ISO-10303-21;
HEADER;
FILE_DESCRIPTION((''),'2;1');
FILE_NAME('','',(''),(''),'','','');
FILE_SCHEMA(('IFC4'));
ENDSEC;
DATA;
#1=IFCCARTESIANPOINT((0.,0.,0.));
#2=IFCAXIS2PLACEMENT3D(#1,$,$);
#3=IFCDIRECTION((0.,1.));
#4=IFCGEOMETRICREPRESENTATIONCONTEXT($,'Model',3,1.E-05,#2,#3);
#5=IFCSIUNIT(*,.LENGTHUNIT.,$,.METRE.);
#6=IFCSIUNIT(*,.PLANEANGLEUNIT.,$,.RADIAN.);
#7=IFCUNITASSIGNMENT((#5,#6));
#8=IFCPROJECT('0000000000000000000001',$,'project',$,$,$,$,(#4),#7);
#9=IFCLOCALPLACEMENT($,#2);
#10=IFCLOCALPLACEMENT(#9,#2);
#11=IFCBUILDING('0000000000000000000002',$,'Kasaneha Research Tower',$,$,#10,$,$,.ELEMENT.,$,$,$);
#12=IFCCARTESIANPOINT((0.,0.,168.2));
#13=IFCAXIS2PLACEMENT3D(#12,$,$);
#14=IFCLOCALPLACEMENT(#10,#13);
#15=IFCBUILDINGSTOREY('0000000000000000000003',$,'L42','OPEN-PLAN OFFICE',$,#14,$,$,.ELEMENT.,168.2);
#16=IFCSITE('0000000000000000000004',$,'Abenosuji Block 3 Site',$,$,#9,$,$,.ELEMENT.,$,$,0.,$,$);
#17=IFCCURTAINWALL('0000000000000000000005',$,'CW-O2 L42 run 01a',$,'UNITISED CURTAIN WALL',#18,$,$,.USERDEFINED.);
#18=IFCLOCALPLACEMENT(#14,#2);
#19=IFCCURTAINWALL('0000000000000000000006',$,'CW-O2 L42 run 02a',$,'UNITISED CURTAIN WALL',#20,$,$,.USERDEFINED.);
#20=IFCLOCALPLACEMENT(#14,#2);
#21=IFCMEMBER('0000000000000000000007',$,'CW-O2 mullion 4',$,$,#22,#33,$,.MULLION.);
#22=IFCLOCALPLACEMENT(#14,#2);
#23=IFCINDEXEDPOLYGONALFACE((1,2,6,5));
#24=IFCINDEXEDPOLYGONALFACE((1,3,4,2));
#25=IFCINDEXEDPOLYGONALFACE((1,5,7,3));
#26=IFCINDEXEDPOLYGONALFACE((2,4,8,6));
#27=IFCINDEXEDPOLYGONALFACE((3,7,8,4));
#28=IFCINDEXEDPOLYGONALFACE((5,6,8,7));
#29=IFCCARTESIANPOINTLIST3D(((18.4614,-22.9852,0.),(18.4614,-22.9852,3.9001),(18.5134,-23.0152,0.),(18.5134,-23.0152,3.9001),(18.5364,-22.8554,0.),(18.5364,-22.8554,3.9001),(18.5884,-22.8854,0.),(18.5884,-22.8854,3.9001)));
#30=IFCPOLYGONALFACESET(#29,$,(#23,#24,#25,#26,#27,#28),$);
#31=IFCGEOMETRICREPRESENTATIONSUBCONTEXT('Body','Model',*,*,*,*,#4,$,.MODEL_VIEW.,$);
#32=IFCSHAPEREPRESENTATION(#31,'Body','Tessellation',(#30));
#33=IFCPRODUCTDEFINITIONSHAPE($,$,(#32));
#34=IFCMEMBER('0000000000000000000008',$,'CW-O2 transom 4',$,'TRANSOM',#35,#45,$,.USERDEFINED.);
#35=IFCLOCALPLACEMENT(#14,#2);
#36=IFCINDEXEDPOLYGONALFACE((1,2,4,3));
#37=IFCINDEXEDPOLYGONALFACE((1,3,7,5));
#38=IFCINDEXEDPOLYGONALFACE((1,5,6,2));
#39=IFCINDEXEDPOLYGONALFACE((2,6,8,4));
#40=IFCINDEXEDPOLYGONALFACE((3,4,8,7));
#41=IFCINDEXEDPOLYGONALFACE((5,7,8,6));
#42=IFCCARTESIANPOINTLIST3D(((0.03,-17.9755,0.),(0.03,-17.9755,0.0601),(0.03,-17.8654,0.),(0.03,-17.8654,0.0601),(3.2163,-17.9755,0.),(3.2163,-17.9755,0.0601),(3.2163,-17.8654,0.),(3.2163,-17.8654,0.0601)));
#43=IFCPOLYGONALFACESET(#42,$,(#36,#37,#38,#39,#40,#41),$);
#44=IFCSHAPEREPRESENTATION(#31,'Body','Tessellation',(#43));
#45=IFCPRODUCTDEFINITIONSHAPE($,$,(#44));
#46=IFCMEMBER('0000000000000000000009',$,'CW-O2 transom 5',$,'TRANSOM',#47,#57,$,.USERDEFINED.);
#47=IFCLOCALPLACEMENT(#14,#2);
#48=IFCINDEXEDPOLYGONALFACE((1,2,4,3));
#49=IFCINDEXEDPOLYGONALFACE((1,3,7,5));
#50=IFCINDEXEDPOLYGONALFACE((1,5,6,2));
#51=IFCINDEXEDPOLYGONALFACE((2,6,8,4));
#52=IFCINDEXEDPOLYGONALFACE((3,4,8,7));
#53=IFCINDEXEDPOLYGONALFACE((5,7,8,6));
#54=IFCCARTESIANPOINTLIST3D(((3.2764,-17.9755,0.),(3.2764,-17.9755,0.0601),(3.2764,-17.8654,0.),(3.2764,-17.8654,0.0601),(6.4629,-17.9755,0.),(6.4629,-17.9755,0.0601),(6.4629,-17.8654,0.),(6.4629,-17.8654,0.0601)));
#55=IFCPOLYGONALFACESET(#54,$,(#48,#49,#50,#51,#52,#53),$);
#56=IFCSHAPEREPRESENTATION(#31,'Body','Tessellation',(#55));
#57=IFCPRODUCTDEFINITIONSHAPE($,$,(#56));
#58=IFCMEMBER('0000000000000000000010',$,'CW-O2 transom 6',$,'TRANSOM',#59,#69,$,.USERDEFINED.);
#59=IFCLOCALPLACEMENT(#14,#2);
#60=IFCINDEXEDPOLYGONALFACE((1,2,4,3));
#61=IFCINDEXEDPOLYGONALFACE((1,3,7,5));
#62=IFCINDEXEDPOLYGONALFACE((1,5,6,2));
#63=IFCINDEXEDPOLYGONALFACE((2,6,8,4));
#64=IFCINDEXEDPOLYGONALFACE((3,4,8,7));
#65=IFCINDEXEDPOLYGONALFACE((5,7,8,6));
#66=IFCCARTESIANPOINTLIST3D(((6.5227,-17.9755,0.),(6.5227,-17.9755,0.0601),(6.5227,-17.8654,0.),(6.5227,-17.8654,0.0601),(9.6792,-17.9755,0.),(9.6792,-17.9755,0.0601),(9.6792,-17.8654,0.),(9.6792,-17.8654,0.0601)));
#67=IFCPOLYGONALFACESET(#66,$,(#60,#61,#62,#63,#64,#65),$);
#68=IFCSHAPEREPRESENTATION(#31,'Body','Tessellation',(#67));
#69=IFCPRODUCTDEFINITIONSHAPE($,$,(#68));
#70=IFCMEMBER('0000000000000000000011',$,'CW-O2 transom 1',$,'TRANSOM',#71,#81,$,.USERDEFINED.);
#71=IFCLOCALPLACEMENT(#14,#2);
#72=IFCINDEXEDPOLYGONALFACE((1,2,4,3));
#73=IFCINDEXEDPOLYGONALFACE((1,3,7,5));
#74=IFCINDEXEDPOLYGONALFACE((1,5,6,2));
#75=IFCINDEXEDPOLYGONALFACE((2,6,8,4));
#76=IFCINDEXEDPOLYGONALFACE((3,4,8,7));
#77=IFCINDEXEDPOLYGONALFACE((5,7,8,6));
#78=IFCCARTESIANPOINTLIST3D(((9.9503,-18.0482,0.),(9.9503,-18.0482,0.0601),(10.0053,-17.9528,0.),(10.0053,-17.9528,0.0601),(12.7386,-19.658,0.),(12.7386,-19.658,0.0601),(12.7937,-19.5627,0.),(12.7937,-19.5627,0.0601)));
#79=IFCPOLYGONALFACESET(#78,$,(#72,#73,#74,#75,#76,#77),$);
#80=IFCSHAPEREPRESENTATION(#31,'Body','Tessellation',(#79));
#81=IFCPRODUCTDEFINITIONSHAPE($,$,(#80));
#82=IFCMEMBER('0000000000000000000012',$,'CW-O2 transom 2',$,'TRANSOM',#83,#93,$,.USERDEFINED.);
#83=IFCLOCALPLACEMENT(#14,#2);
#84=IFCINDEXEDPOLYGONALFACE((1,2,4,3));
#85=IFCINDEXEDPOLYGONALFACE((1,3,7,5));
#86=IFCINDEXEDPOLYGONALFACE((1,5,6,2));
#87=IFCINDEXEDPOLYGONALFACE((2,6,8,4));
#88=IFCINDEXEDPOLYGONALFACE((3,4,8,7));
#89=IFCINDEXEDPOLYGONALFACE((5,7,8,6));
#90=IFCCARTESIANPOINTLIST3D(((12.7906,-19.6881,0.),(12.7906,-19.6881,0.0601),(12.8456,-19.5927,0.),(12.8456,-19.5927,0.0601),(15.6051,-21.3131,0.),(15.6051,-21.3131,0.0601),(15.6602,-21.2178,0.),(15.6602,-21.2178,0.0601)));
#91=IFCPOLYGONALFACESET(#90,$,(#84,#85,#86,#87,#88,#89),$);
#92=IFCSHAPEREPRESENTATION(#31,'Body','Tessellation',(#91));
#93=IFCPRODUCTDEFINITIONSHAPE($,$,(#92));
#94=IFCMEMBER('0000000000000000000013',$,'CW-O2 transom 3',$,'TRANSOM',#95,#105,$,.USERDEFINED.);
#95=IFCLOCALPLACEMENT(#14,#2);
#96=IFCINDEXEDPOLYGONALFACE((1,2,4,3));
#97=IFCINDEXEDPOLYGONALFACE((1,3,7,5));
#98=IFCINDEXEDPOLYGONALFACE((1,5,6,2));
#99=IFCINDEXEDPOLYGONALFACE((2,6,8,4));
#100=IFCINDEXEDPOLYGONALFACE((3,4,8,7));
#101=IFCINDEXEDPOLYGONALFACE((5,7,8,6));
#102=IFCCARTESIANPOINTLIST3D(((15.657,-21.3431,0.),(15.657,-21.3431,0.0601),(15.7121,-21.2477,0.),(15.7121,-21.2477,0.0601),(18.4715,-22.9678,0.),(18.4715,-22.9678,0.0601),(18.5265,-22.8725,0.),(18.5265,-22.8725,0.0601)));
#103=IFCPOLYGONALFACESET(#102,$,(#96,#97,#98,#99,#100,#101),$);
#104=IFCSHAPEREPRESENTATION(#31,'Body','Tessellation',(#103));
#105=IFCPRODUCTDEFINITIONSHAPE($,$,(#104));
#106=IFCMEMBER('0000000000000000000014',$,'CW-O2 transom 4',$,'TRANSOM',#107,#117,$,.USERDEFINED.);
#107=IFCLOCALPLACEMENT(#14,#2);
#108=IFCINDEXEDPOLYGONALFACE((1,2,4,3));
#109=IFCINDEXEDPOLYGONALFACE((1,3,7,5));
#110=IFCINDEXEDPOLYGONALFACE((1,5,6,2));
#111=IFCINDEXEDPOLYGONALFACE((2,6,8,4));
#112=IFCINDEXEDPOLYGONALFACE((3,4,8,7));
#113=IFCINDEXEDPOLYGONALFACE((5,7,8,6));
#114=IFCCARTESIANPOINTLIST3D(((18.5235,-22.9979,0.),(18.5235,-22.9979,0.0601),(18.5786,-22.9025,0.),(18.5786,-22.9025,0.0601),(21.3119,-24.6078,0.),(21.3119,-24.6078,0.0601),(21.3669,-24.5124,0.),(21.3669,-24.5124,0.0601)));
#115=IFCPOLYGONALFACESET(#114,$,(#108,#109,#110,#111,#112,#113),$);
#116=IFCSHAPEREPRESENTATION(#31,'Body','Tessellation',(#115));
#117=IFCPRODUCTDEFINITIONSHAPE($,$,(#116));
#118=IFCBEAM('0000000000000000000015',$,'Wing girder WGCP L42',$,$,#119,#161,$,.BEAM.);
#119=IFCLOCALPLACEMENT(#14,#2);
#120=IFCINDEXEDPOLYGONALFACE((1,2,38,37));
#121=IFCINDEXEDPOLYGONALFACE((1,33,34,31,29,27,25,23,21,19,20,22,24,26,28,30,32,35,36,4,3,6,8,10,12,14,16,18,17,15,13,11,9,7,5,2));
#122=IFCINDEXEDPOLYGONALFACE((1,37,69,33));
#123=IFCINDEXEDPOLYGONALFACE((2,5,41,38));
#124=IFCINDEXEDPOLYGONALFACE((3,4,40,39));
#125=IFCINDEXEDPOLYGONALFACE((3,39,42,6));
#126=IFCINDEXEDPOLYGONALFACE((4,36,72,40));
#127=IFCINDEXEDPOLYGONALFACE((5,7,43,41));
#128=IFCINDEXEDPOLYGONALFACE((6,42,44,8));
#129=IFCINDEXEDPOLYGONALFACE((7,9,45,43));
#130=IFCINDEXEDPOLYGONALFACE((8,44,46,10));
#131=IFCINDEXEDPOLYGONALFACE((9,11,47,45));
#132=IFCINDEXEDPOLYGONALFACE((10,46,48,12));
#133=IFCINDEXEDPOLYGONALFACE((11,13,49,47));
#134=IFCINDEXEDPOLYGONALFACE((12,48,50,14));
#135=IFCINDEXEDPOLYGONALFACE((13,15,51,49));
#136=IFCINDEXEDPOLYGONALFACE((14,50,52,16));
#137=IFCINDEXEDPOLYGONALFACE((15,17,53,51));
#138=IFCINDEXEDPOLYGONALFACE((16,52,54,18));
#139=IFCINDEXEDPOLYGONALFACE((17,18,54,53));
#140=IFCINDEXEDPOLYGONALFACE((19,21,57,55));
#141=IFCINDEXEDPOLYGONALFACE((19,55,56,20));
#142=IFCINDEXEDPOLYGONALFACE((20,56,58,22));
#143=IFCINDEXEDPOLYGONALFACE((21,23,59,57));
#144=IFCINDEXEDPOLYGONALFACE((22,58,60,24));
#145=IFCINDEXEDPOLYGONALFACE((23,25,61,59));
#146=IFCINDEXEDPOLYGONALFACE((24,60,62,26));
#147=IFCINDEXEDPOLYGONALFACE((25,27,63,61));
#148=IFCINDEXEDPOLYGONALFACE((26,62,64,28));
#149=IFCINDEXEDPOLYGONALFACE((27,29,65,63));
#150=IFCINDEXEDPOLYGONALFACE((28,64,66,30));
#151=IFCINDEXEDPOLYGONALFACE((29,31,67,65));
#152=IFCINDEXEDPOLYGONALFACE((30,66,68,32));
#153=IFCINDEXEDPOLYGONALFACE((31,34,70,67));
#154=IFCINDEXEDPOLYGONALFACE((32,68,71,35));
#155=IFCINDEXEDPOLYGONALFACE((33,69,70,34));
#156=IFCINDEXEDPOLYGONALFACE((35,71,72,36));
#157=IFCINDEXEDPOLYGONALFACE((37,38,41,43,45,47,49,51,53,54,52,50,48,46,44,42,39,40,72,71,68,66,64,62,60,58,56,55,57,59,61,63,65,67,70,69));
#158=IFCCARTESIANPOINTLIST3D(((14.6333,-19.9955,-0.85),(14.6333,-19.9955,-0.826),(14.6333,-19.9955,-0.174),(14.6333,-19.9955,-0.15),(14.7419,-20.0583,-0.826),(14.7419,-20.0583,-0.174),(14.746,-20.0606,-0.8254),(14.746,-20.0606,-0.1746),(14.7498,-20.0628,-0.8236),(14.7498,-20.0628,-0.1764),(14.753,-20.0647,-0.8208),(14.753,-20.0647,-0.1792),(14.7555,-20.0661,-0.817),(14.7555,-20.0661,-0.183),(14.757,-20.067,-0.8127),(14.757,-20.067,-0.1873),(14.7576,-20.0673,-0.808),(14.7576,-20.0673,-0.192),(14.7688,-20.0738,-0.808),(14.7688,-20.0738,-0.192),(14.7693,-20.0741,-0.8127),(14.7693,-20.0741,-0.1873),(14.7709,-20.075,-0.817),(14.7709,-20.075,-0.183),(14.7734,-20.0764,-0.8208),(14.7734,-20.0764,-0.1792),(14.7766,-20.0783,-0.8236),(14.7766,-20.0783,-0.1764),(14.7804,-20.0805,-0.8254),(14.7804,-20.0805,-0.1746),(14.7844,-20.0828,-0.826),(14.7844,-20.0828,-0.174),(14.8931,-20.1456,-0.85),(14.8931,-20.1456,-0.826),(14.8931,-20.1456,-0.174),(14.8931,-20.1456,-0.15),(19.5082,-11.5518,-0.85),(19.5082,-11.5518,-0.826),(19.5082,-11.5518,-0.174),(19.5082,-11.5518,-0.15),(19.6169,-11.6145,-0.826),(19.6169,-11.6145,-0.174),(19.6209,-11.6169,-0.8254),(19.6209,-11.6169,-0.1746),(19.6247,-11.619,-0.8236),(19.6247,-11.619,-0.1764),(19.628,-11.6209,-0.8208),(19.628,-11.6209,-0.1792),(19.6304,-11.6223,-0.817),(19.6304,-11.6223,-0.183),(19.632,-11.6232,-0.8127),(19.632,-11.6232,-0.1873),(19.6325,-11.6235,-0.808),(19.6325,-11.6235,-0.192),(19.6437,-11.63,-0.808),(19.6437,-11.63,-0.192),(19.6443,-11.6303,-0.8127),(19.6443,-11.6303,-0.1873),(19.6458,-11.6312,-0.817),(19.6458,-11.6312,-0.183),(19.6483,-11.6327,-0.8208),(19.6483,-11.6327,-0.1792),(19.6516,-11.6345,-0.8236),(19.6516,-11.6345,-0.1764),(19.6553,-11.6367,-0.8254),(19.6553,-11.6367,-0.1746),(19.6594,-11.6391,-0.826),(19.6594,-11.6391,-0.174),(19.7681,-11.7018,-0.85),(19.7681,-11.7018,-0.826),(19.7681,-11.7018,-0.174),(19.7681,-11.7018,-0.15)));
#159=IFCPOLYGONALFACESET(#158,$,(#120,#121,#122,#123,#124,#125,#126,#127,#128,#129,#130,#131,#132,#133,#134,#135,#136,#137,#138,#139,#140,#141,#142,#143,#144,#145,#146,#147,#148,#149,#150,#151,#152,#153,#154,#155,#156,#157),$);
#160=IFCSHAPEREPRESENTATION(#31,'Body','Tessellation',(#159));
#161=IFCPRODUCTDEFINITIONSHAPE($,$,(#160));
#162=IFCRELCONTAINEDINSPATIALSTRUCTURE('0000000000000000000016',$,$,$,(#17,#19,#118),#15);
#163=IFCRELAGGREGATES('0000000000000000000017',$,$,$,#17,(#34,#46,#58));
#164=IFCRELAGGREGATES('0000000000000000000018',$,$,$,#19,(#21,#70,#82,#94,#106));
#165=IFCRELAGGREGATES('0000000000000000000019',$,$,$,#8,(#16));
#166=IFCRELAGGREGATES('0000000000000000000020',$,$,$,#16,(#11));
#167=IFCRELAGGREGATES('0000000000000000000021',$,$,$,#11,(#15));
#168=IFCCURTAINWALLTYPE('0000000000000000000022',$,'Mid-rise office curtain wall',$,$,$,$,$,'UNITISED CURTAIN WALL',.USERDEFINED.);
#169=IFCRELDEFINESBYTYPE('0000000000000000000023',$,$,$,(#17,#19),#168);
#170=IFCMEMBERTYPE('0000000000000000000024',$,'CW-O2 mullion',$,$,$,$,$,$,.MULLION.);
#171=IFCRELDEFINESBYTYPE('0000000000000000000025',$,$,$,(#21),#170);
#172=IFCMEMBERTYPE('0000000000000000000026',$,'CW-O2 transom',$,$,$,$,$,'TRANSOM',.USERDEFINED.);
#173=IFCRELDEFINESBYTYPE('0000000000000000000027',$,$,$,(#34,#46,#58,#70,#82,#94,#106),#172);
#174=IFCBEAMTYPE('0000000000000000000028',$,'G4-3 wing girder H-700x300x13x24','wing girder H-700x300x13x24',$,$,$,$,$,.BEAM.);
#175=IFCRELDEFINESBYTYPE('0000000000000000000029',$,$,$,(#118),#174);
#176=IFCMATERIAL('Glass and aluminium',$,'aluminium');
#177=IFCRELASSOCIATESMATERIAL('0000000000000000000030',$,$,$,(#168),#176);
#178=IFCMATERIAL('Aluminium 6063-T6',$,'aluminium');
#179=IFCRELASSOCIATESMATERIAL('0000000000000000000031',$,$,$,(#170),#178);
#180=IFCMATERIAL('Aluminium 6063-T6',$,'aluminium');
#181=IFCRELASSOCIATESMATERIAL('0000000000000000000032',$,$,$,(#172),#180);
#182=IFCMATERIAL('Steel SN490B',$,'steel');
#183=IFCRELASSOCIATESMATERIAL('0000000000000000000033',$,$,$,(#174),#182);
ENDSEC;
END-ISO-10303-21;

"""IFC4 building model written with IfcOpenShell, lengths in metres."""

from ifc_helpers import new_model, si_unit, direction, frame, origin, origin_2d, place, context, subcontext, project, spatial, rectangle, i_section, extrude, material, material_profile, profile_set, type_object, element, aggregate, save


model = new_model("IFC4")

# Units and contexts
model_context = context("Model", 3, precision=1e-05, world=origin(), true_north=direction((0.0, 1.0)))
body_context = subcontext(model_context, "Body", "Model", "MODEL_VIEW")
ifc_project = project(units=[si_unit("LENGTHUNIT", "METRE"), si_unit("PLANEANGLEUNIT", "RADIAN")], contexts=[model_context])

# Site, building, storey
site_placement = place(None, origin())
site = spatial("IfcSite", under=ifc_project, at=site_placement, Name="Abenosuji Block 3 Site", CompositionType="ELEMENT", RefElevation=0.0)
building_placement = place(site_placement, origin())
building = spatial("IfcBuilding", under=site, at=building_placement, Name="Kasaneha Research Tower", CompositionType="ELEMENT")
storey_placement = place(building_placement, frame((0.0, 0.0, 168.2)))
storey = spatial("IfcBuildingStorey", under=building, at=storey_placement, Name="L42", Description="OPEN-PLAN OFFICE", CompositionType="ELEMENT", Elevation=168.2)

# Curtain walls, member
ifc_material_1 = material(Name="Glass and aluminium", Category="aluminium")
curtain_wall_type = type_object("IfcCurtainWallType", Name="Mid-rise office curtain wall", ElementType="UNITISED CURTAIN WALL", PredefinedType="USERDEFINED", material=ifc_material_1)
curtain_wall_1_placement = place(storey_placement, origin())
curtain_wall_1 = element("IfcCurtainWall", 1, at=curtain_wall_1_placement, inside=storey, type_object=curtain_wall_type, Name="CW-O2 L42 run 01a", ObjectType="UNITISED CURTAIN WALL", PredefinedType="USERDEFINED")
ifc_material_2 = material(Name="Aluminium 6063-T6", Category="aluminium")
ifc_material_profile_1 = material_profile(ifc_material_2, rectangle(XDim=0.0601, YDim=0.1499, at=origin_2d()), Name="CW-O2 mullion 60x150")
ifc_profile_set_1 = profile_set([ifc_material_profile_1], Name="Aluminium 6063-T6")
member_type_1 = type_object("IfcMemberType", Name="CW-O2 mullion", PredefinedType="MULLION", material=ifc_profile_set_1)
curtain_wall_2_placement = place(storey_placement, origin())
curtain_wall_2 = element("IfcCurtainWall", 2, at=curtain_wall_2_placement, inside=storey, type_object=curtain_wall_type, Name="CW-O2 L42 run 02a", ObjectType="UNITISED CURTAIN WALL", PredefinedType="USERDEFINED")
member_1_placement = place(storey_placement, frame((18.5249, -22.9353, 0.0), z_axis=(0.0, 0.0, 1.0), x_axis=(0.866025, -0.5, 0.0)))
member_1 = element("IfcMember", 3, at=member_1_placement, type_object=member_type_1, Name="CW-O2 mullion 4", PredefinedType="MULLION", context=body_context, shape_type="SweptSolid", body=[
    extrude(rectangle(XDim=0.0601, YDim=0.1499, at=origin_2d()), origin(), (0.0, 0.0, 1.0), 3.9001),
])

# Members
ifc_material_3 = material(Name="Aluminium 6063-T6", Category="aluminium")
ifc_material_profile_2 = material_profile(ifc_material_3, rectangle(XDim=0.1101, YDim=0.0601, at=origin_2d()), Name="CW-O2 transom 110x60")
ifc_profile_set_2 = profile_set([ifc_material_profile_2], Name="Aluminium 6063-T6")
member_type_2 = type_object("IfcMemberType", Name="CW-O2 transom", ElementType="TRANSOM", PredefinedType="USERDEFINED", material=ifc_profile_set_2)
member_2_placement = place(storey_placement, frame((0.03, -17.9204, 0.03), z_axis=(1.0, 0.0, 0.0), x_axis=(0.0, 1.0, 0.0)))
member_2 = element("IfcMember", 4, at=member_2_placement, type_object=member_type_2, Name="CW-O2 transom 4", ObjectType="TRANSOM", PredefinedType="USERDEFINED", context=body_context, shape_type="SweptSolid", body=[
    extrude(rectangle(XDim=0.1101, YDim=0.0601, at=origin_2d()), origin(), (0.0, 0.0, 1.0), 3.1863),
])
member_3_placement = place(storey_placement, frame((3.2764, -17.9204, 0.03), z_axis=(1.0, 0.0, 0.0), x_axis=(0.0, 1.0, 0.0)))
member_3 = element("IfcMember", 5, at=member_3_placement, type_object=member_type_2, Name="CW-O2 transom 5", ObjectType="TRANSOM", PredefinedType="USERDEFINED", context=body_context, shape_type="SweptSolid", body=[
    extrude(rectangle(XDim=0.1101, YDim=0.0601, at=origin_2d()), origin(), (0.0, 0.0, 1.0), 3.1865),
])
member_4_placement = place(storey_placement, frame((6.5227, -17.9204, 0.03), z_axis=(1.0, 0.0, 0.0), x_axis=(0.0, 1.0, 0.0)))
member_4 = element("IfcMember", 6, at=member_4_placement, type_object=member_type_2, Name="CW-O2 transom 6", ObjectType="TRANSOM", PredefinedType="USERDEFINED", context=body_context, shape_type="SweptSolid", body=[
    extrude(rectangle(XDim=0.1101, YDim=0.0601, at=origin_2d()), origin(), (0.0, 0.0, 1.0), 3.1565),
])
member_5_placement = place(storey_placement, frame((9.9778, -18.0005, 0.03), z_axis=(0.866023, -0.500005, 0.0), x_axis=(0.500005, 0.866023, 0.0)))
member_5 = element("IfcMember", 7, at=member_5_placement, type_object=member_type_2, Name="CW-O2 transom 1", ObjectType="TRANSOM", PredefinedType="USERDEFINED", context=body_context, shape_type="SweptSolid", body=[
    extrude(rectangle(XDim=0.1101, YDim=0.0601, at=origin_2d()), origin(), (0.0, 0.0, 1.0), 3.2197),
])
member_6_placement = place(storey_placement, frame((12.8181, -19.6404, 0.03), z_axis=(0.866015, -0.500017, 0.0), x_axis=(0.500017, 0.866015, 0.0)))
member_6 = element("IfcMember", 8, at=member_6_placement, type_object=member_type_2, Name="CW-O2 transom 2", ObjectType="TRANSOM", PredefinedType="USERDEFINED", context=body_context, shape_type="SweptSolid", body=[
    extrude(rectangle(XDim=0.1101, YDim=0.0601, at=origin_2d()), origin(), (0.0, 0.0, 1.0), 3.25),
])
member_7_placement = place(storey_placement, frame((15.6846, -21.2954, 0.03), z_axis=(0.866048, -0.499961, 0.0), x_axis=(0.499961, 0.866048, 0.0)))
member_7 = element("IfcMember", 9, at=member_7_placement, type_object=member_type_2, Name="CW-O2 transom 3", ObjectType="TRANSOM", PredefinedType="USERDEFINED", context=body_context, shape_type="SweptSolid", body=[
    extrude(rectangle(XDim=0.1101, YDim=0.0601, at=origin_2d()), origin(), (0.0, 0.0, 1.0), 3.2498),
])
member_8_placement = place(storey_placement, frame((18.551, -22.9502, 0.03), z_axis=(0.866023, -0.500005, 0.0), x_axis=(0.500005, 0.866023, 0.0)))
member_8 = element("IfcMember", 10, at=member_8_placement, type_object=member_type_2, Name="CW-O2 transom 4", ObjectType="TRANSOM", PredefinedType="USERDEFINED", context=body_context, shape_type="SweptSolid", body=[
    extrude(rectangle(XDim=0.1101, YDim=0.0601, at=origin_2d()), origin(), (0.0, 0.0, 1.0), 3.2197),
])

# Beam
ifc_material_4 = material(Name="Steel SN490B", Category="steel")
ifc_material_profile_3 = material_profile(ifc_material_4, i_section(OverallWidth=0.3, OverallDepth=0.7, WebThickness=0.0129, FlangeThickness=0.0239, FilletRadius=0.0181, at=origin_2d()), Name="H-700x300x13x24")
ifc_profile_set_3 = profile_set([ifc_material_profile_3], Name="Steel SN490B")
beam_type_1 = type_object("IfcBeamType", Name="G4-3 wing girder H-700x300x13x24", Description="wing girder H-700x300x13x24", PredefinedType="BEAM", material=ifc_profile_set_3)
beam_1_placement = place(storey_placement, frame((14.7632, -20.0706, -0.5), z_axis=(0.499996, 0.866028, 0.0), x_axis=(-0.866028, 0.499996, 0.0)))
element("IfcBeam", 11, at=beam_1_placement, inside=storey, type_object=beam_type_1, Name="Wing girder WGCP L42", PredefinedType="BEAM", context=body_context, shape_type="SweptSolid", body=[
    extrude(i_section(OverallWidth=0.3, OverallDepth=0.7, WebThickness=0.0129, FlangeThickness=0.0239, FilletRadius=0.0181, at=origin_2d()), origin(), (0.0, 0.0, 1.0), 9.75),
])

aggregate(curtain_wall_1, [member_2, member_3, member_4])
aggregate(curtain_wall_2, [member_1, member_5, member_6, member_7, member_8])

save(model, "model.ifc")
